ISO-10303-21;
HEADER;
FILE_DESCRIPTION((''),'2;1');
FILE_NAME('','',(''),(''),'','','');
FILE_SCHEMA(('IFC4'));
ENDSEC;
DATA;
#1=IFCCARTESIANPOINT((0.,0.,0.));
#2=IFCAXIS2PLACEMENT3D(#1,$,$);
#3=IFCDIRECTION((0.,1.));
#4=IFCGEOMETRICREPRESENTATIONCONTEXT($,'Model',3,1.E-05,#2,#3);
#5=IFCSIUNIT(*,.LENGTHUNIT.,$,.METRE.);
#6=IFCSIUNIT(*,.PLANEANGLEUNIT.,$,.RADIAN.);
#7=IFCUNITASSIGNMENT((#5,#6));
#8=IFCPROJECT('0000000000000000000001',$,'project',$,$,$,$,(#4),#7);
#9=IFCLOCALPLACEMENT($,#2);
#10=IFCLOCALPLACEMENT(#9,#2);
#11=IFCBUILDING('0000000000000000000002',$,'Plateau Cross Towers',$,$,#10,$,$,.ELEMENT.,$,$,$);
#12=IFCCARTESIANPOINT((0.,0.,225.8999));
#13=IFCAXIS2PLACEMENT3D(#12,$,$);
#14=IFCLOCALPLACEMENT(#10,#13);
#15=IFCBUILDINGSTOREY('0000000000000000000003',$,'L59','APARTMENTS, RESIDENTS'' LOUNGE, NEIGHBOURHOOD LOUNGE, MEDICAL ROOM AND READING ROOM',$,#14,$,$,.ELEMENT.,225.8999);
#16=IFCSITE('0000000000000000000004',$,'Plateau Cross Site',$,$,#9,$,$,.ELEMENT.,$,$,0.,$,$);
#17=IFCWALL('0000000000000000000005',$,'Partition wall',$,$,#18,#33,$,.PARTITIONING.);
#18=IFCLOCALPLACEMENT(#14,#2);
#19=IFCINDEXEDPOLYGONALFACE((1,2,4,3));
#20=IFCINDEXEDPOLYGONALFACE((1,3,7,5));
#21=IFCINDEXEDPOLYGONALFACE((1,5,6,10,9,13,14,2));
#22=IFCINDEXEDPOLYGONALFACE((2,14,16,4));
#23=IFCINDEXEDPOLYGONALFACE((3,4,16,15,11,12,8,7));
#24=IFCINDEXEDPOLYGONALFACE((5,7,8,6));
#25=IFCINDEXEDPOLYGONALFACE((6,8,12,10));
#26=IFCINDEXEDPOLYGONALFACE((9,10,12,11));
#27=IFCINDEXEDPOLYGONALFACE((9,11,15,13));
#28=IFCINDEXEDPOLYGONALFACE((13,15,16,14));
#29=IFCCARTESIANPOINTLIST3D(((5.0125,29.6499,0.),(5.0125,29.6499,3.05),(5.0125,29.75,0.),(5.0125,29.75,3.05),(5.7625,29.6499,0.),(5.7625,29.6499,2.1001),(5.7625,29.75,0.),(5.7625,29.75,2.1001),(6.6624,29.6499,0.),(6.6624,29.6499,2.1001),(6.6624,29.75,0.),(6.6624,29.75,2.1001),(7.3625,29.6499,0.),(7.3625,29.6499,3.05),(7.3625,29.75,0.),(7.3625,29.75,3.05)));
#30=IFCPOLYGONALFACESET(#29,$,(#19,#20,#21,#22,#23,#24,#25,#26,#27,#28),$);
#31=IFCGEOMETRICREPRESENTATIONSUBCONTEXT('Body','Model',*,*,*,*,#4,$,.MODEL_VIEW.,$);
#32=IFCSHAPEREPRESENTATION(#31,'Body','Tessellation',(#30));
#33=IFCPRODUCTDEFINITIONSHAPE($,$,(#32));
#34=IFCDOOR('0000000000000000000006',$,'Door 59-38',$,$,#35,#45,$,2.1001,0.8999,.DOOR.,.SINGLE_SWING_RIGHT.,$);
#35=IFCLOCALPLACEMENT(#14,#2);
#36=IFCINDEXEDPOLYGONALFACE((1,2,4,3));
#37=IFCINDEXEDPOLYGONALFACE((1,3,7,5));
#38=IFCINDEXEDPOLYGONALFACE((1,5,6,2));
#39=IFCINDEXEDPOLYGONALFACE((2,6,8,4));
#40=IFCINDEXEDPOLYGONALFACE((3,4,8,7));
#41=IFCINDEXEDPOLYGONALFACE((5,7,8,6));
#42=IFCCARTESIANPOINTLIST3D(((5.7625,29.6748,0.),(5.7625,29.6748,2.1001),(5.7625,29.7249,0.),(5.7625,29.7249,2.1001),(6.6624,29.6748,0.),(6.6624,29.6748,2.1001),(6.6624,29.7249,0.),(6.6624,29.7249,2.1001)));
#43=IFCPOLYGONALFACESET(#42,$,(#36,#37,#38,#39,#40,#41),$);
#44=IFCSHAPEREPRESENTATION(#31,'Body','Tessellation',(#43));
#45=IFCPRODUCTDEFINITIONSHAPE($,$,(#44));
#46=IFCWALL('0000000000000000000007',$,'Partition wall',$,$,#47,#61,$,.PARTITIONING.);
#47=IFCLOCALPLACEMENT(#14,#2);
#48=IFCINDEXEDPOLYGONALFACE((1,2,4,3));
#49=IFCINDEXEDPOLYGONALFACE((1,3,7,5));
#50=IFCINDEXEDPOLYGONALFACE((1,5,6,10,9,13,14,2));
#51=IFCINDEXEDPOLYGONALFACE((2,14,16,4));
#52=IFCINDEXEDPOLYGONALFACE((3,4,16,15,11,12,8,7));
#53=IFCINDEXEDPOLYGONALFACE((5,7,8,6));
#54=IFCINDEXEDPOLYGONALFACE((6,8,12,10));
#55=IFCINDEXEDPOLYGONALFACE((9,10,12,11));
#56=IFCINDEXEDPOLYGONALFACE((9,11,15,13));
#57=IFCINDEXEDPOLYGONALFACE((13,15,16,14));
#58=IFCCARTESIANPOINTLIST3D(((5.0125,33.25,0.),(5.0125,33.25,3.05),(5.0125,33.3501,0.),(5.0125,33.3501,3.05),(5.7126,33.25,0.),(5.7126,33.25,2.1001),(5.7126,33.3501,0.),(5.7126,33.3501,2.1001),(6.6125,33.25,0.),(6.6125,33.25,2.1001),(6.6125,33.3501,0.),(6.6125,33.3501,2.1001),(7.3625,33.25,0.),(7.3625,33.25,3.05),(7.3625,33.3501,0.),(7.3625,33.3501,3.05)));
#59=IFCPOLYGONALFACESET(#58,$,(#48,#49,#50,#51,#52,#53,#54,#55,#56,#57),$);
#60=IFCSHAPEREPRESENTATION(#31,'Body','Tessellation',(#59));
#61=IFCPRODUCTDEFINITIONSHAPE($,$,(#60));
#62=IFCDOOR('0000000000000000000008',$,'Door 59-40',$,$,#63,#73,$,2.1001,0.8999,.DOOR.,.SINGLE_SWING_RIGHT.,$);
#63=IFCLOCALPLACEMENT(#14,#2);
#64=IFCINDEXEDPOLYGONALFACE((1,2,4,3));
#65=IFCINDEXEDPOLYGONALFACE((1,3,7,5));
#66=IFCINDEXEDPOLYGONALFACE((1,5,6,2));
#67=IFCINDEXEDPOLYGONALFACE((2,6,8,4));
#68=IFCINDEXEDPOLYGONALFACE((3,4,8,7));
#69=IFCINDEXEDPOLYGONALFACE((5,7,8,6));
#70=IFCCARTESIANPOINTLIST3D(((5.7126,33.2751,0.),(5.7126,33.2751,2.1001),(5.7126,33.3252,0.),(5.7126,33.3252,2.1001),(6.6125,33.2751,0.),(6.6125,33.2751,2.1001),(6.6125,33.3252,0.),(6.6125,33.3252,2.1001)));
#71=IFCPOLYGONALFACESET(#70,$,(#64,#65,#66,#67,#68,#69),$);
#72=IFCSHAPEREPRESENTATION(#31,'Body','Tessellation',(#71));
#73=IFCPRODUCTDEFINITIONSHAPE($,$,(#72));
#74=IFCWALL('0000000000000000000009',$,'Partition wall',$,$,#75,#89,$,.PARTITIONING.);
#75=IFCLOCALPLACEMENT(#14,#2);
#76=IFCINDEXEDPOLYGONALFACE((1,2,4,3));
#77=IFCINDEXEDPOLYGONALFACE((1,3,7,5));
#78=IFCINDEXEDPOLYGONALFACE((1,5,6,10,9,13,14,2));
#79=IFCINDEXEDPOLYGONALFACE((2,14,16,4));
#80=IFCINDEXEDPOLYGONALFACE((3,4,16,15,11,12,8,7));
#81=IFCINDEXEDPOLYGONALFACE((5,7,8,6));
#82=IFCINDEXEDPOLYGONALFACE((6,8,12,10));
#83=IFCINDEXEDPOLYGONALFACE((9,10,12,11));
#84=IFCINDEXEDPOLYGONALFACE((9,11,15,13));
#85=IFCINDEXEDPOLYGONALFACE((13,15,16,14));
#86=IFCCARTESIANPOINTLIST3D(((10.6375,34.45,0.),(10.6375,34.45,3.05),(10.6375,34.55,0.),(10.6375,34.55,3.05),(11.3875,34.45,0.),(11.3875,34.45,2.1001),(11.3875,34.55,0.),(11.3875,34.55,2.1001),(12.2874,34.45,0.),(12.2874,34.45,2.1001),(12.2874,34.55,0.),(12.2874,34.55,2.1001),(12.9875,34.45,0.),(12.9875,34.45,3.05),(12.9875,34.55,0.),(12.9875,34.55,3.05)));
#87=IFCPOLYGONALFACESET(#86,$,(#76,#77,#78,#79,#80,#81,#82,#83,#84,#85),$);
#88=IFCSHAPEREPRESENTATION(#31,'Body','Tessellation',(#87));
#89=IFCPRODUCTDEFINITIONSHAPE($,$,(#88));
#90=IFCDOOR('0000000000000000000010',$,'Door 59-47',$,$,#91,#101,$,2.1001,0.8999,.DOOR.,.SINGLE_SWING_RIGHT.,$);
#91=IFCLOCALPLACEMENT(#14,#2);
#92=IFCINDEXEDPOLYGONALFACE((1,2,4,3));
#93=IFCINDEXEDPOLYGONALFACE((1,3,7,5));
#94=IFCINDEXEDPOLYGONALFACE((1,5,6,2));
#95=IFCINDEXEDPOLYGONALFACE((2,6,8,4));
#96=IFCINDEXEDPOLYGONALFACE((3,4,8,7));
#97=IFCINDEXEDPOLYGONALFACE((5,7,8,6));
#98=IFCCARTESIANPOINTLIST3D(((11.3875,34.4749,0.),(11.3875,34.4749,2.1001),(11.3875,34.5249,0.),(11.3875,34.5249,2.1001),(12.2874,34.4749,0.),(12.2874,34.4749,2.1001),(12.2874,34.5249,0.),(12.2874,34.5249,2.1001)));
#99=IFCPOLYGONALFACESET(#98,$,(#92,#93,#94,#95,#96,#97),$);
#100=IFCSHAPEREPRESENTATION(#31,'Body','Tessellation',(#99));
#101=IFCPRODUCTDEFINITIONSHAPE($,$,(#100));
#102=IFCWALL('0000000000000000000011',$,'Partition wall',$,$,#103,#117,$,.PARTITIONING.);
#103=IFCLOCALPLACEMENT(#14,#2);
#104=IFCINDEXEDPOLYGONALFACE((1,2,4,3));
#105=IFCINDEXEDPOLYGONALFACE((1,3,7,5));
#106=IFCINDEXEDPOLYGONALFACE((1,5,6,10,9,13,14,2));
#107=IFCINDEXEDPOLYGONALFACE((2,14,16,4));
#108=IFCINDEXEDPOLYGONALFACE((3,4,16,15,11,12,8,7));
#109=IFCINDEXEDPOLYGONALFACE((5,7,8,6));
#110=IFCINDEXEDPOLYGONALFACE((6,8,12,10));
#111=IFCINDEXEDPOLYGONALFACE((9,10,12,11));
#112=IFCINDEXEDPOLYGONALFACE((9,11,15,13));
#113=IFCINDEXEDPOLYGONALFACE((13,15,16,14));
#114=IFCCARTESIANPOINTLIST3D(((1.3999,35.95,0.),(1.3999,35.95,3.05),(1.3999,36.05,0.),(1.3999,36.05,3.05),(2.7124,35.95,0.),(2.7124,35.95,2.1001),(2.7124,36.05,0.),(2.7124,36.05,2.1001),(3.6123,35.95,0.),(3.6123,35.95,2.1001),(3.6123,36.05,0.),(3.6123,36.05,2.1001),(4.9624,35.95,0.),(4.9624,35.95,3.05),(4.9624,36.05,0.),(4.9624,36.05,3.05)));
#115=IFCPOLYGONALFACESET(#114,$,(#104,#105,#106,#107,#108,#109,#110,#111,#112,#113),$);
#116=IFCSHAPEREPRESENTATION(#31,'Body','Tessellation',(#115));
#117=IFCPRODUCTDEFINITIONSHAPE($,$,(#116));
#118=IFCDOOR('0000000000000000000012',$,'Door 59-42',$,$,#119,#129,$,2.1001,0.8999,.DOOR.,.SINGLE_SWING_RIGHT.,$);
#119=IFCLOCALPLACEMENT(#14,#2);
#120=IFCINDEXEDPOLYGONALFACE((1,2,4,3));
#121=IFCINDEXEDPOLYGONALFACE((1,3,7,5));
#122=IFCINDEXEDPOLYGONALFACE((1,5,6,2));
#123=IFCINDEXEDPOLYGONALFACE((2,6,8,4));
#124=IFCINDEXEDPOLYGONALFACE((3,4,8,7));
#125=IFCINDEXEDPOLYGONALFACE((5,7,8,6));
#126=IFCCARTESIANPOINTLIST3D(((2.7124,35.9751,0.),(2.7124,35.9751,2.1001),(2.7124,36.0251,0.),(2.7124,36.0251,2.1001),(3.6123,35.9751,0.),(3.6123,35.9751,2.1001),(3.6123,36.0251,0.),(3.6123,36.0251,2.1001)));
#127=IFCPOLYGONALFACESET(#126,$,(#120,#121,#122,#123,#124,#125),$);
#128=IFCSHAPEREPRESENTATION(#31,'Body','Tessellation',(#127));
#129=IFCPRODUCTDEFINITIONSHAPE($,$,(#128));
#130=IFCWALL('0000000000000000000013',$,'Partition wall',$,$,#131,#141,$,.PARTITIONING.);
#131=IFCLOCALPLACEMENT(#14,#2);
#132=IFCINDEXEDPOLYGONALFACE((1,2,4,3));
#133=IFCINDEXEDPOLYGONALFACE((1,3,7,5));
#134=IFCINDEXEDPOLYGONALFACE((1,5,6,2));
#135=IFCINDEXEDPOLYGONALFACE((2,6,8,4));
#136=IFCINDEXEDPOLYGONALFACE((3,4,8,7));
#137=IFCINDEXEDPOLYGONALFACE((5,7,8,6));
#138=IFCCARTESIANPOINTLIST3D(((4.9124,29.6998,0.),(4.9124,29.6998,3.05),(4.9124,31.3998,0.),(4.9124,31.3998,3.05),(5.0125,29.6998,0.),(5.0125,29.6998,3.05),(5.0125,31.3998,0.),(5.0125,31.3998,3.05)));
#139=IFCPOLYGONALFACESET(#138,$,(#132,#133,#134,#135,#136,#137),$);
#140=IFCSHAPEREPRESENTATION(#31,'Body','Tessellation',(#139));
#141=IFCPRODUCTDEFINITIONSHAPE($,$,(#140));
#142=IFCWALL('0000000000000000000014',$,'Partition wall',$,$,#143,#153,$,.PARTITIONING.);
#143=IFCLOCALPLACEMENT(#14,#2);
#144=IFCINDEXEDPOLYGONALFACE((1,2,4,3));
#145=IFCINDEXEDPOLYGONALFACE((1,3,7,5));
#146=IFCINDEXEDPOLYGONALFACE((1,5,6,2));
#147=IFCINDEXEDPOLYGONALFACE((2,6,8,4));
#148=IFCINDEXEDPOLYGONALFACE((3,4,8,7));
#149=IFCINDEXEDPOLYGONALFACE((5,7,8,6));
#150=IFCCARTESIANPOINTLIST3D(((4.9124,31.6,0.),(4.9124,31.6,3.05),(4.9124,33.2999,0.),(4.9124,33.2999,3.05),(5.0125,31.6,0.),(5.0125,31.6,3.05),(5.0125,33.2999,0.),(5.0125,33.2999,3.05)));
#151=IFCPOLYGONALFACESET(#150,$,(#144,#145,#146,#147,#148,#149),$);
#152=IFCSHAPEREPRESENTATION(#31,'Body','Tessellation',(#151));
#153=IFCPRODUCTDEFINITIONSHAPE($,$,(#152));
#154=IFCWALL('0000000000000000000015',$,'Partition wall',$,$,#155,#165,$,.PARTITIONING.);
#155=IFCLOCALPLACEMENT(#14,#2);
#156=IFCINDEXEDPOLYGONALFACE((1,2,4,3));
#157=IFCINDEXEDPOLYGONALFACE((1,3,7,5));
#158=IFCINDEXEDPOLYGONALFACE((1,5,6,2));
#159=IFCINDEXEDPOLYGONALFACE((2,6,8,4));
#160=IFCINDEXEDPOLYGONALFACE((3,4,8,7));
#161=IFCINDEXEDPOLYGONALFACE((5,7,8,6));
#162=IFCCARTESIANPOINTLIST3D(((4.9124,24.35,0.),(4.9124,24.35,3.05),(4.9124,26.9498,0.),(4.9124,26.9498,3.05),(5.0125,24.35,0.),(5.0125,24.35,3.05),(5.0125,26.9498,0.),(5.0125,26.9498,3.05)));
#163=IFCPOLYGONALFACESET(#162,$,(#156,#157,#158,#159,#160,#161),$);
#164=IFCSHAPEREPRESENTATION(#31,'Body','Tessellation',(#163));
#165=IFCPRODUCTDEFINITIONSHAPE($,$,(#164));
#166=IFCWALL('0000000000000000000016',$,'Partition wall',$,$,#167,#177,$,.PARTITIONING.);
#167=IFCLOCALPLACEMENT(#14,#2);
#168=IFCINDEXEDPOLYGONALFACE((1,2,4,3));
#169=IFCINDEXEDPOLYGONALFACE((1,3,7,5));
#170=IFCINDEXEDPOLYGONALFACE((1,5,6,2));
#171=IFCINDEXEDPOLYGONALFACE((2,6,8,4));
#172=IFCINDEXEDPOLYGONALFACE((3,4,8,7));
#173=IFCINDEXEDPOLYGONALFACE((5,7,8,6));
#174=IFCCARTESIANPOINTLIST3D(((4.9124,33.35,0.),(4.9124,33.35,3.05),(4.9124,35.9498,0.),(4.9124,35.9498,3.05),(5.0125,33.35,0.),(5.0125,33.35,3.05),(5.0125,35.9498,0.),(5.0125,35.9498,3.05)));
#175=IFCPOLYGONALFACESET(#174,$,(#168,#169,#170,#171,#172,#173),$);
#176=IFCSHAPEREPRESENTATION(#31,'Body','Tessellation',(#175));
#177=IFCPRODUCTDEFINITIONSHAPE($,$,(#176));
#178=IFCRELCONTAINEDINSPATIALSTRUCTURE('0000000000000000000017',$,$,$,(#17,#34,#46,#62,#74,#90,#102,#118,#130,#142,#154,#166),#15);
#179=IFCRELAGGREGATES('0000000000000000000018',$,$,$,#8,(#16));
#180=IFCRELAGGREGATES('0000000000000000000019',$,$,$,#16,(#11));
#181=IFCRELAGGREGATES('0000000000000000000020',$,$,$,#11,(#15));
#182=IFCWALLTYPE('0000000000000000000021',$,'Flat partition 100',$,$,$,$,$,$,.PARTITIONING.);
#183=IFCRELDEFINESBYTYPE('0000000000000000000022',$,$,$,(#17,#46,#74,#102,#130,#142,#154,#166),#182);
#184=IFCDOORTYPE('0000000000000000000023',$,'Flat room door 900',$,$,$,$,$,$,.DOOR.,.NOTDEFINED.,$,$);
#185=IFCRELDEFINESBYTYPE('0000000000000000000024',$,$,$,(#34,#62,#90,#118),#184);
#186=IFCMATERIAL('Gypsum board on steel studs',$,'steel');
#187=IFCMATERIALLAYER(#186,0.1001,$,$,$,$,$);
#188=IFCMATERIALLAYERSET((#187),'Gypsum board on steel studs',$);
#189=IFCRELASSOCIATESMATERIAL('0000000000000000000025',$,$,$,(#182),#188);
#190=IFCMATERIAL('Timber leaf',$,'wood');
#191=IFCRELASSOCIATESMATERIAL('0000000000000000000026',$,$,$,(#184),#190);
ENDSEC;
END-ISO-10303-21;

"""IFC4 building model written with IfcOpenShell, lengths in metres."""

from ifc_helpers import new_model, si_unit, direction, frame, frame_2d, origin, place, context, subcontext, project, spatial, rectangle, extrude, material, layer, layer_set, type_object, element, fill, save


model = new_model("IFC4")

# Units and contexts
model_context = context("Model", 3, precision=1e-05, world=origin(), true_north=direction((0.0, 1.0)))
body_context = subcontext(model_context, "Body", "Model", "MODEL_VIEW")
ifc_project = project(units=[si_unit("LENGTHUNIT", "METRE"), si_unit("PLANEANGLEUNIT", "RADIAN")], contexts=[model_context])

# Site, building, storey
site_placement = place(None, origin())
site = spatial("IfcSite", under=ifc_project, at=site_placement, Name="Plateau Cross Site", CompositionType="ELEMENT", RefElevation=0.0)
building_placement = place(site_placement, origin())
building = spatial("IfcBuilding", under=site, at=building_placement, Name="Plateau Cross Towers", CompositionType="ELEMENT")
storey_placement = place(building_placement, frame((0.0, 0.0, 225.8999)))
storey = spatial("IfcBuildingStorey", under=building, at=storey_placement, Name="L59", Description="APARTMENTS, RESIDENTS' LOUNGE, NEIGHBOURHOOD LOUNGE, MEDICAL ROOM AND READING ROOM", CompositionType="ELEMENT", Elevation=225.8999)

# Walls, openings, doors
ifc_material_1 = material(Name="Gypsum board on steel studs", Category="steel")
ifc_layer_1 = layer(ifc_material_1, 0.1001)
ifc_layer_set_1 = layer_set([ifc_layer_1], Name="Gypsum board on steel studs")
wall_type_1 = type_object("IfcWallType", Name="Flat partition 100", PredefinedType="PARTITIONING", material=ifc_layer_set_1)
ifc_material_2 = material(Name="Timber leaf", Category="wood")
door_type_1 = type_object("IfcDoorType", Name="Flat room door 900", OperationType="NOTDEFINED", PredefinedType="DOOR", material=ifc_material_2)
wall_1_placement = place(storey_placement, frame((5.0125, 29.7, 0.0), z_axis=(0.0, 0.0, 1.0), x_axis=(1.0, 0.0, 0.0)))
wall_1 = element("IfcWall", 1, at=wall_1_placement, inside=storey, type_object=wall_type_1, Name="Partition wall", PredefinedType="PARTITIONING", context=body_context, shape_type="SweptSolid", body=[
    extrude(rectangle(XDim=2.3501, YDim=0.1001, at=frame_2d((1.175, 0.0))), origin(), (0.0, 0.0, 1.0), 3.05),
])
opening_1_placement = place(wall_1_placement, frame((0.75, 0.0, 0.0)))
opening_1 = element("IfcOpeningElement", 2, at=opening_1_placement, cuts=wall_1, PredefinedType="OPENING", context=body_context, shape_type="SweptSolid", body=[
    extrude(rectangle(XDim=0.8999, YDim=2.1001, at=frame_2d((0.45, 1.05))), frame((0.0, 0.0601, 0.0), z_axis=(0.0, -1.0, 0.0), x_axis=(1.0, 0.0, 0.0)), (0.0, 0.0, 1.0), 0.1201),
])
door_1_placement = place(opening_1_placement, origin())
door_1 = element("IfcDoor", 3, at=door_1_placement, inside=storey, type_object=door_type_1, Name="Door 59-38", OperationType="SINGLE_SWING_RIGHT", OverallHeight=2.1001, OverallWidth=0.8999, PredefinedType="DOOR", context=body_context, shape_type="SweptSolid", body=[
    extrude(rectangle(XDim=0.8999, YDim=2.1001, at=frame_2d((0.45, 1.05))), frame((0.0, 0.0249, 0.0), z_axis=(0.0, -1.0, 0.0), x_axis=(1.0, 0.0, 0.0)), (0.0, 0.0, 1.0), 0.05),
])
fill(opening_1, door_1)
wall_2_placement = place(storey_placement, frame((7.3625, 33.3, 0.0), z_axis=(0.0, 0.0, 1.0), x_axis=(-1.0, 0.0, 0.0)))
wall_2 = element("IfcWall", 4, at=wall_2_placement, inside=storey, type_object=wall_type_1, Name="Partition wall", PredefinedType="PARTITIONING", context=body_context, shape_type="SweptSolid", body=[
    extrude(rectangle(XDim=2.3501, YDim=0.1001, at=frame_2d((1.175, 0.0))), origin(), (0.0, 0.0, 1.0), 3.05),
])
opening_2_placement = place(wall_2_placement, frame((0.75, 0.0, 0.0)))
opening_2 = element("IfcOpeningElement", 5, at=opening_2_placement, cuts=wall_2, PredefinedType="OPENING", context=body_context, shape_type="SweptSolid", body=[
    extrude(rectangle(XDim=0.8999, YDim=2.1001, at=frame_2d((0.45, 1.05))), frame((0.0, 0.0601, 0.0), z_axis=(0.0, -1.0, 0.0), x_axis=(1.0, 0.0, 0.0)), (0.0, 0.0, 1.0), 0.1201),
])
door_2_placement = place(opening_2_placement, origin())
door_2 = element("IfcDoor", 6, at=door_2_placement, inside=storey, type_object=door_type_1, Name="Door 59-40", OperationType="SINGLE_SWING_RIGHT", OverallHeight=2.1001, OverallWidth=0.8999, PredefinedType="DOOR", context=body_context, shape_type="SweptSolid", body=[
    extrude(rectangle(XDim=0.8999, YDim=2.1001, at=frame_2d((0.45, 1.05))), frame((0.0, 0.0249, 0.0), z_axis=(0.0, -1.0, 0.0), x_axis=(1.0, 0.0, 0.0)), (0.0, 0.0, 1.0), 0.05),
])
fill(opening_2, door_2)
wall_3_placement = place(storey_placement, frame((10.6375, 34.5, 0.0), z_axis=(0.0, 0.0, 1.0), x_axis=(1.0, 0.0, 0.0)))
wall_3 = element("IfcWall", 7, at=wall_3_placement, inside=storey, type_object=wall_type_1, Name="Partition wall", PredefinedType="PARTITIONING", context=body_context, shape_type="SweptSolid", body=[
    extrude(rectangle(XDim=2.3501, YDim=0.1001, at=frame_2d((1.175, 0.0))), origin(), (0.0, 0.0, 1.0), 3.05),
])
opening_3_placement = place(wall_3_placement, frame((0.75, 0.0, 0.0)))
opening_3 = element("IfcOpeningElement", 8, at=opening_3_placement, cuts=wall_3, PredefinedType="OPENING", context=body_context, shape_type="SweptSolid", body=[
    extrude(rectangle(XDim=0.8999, YDim=2.1001, at=frame_2d((0.45, 1.05))), frame((0.0, 0.0601, 0.0), z_axis=(0.0, -1.0, 0.0), x_axis=(1.0, 0.0, 0.0)), (0.0, 0.0, 1.0), 0.1201),
])
door_3_placement = place(opening_3_placement, origin())
door_3 = element("IfcDoor", 9, at=door_3_placement, inside=storey, type_object=door_type_1, Name="Door 59-47", OperationType="SINGLE_SWING_RIGHT", OverallHeight=2.1001, OverallWidth=0.8999, PredefinedType="DOOR", context=body_context, shape_type="SweptSolid", body=[
    extrude(rectangle(XDim=0.8999, YDim=2.1001, at=frame_2d((0.45, 1.05))), frame((0.0, 0.0249, 0.0), z_axis=(0.0, -1.0, 0.0), x_axis=(1.0, 0.0, 0.0)), (0.0, 0.0, 1.0), 0.05),
])
fill(opening_3, door_3)
wall_4_placement = place(storey_placement, frame((4.9624, 36.0, 0.0), z_axis=(0.0, 0.0, 1.0), x_axis=(-1.0, 0.0, 0.0)))
wall_4 = element("IfcWall", 10, at=wall_4_placement, inside=storey, type_object=wall_type_1, Name="Partition wall", PredefinedType="PARTITIONING", context=body_context, shape_type="SweptSolid", body=[
    extrude(rectangle(XDim=3.5625, YDim=0.1001, at=frame_2d((1.7812, 0.0))), origin(), (0.0, 0.0, 1.0), 3.05),
])
opening_4_placement = place(wall_4_placement, frame((1.3501, 0.0, 0.0)))
opening_4 = element("IfcOpeningElement", 11, at=opening_4_placement, cuts=wall_4, PredefinedType="OPENING", context=body_context, shape_type="SweptSolid", body=[
    extrude(rectangle(XDim=0.8999, YDim=2.1001, at=frame_2d((0.45, 1.05))), frame((0.0, 0.0601, 0.0), z_axis=(0.0, -1.0, 0.0), x_axis=(1.0, 0.0, 0.0)), (0.0, 0.0, 1.0), 0.1201),
])
door_4_placement = place(opening_4_placement, origin())
door_4 = element("IfcDoor", 12, at=door_4_placement, inside=storey, type_object=door_type_1, Name="Door 59-42", OperationType="SINGLE_SWING_RIGHT", OverallHeight=2.1001, OverallWidth=0.8999, PredefinedType="DOOR", context=body_context, shape_type="SweptSolid", body=[
    extrude(rectangle(XDim=0.8999, YDim=2.1001, at=frame_2d((0.45, 1.05))), frame((0.0, 0.0249, 0.0), z_axis=(0.0, -1.0, 0.0), x_axis=(1.0, 0.0, 0.0)), (0.0, 0.0, 1.0), 0.05),
])
fill(opening_4, door_4)

# Walls
for number, where, z_axis, x_axis, name in (
    (13, (4.9624, 31.3999, 0.0), (0.0, 0.0, 1.0), (0.0, -1.0, 0.0), "Partition wall"),
    (14, (4.9624, 33.3, 0.0), (0.0, 0.0, 1.0), (0.0, -1.0, 0.0), "Partition wall"),
):
    element("IfcWall", number, at=place(storey_placement, frame(where, z_axis=z_axis, x_axis=x_axis)), inside=storey, type_object=wall_type_1, Name=name, PredefinedType="PARTITIONING", context=body_context, shape_type="SweptSolid", body=[
        extrude(rectangle(XDim=1.7, YDim=0.1001, at=frame_2d((0.8501, 0.0))), origin(), (0.0, 0.0, 1.0), 3.05),
    ])
for number, where, z_axis, x_axis, name in (
    (15, (4.9624, 24.3501, 0.0), (0.0, 0.0, 1.0), (0.0, 1.0, 0.0), "Partition wall"),
    (16, (4.9624, 33.3501, 0.0), (0.0, 0.0, 1.0), (0.0, 1.0, 0.0), "Partition wall"),
):
    element("IfcWall", number, at=place(storey_placement, frame(where, z_axis=z_axis, x_axis=x_axis)), inside=storey, type_object=wall_type_1, Name=name, PredefinedType="PARTITIONING", context=body_context, shape_type="SweptSolid", body=[
        extrude(rectangle(XDim=2.5999, YDim=0.1001, at=frame_2d((1.2998, 0.0))), origin(), (0.0, 0.0, 1.0), 3.05),
    ])

save(model, "model.ifc")
